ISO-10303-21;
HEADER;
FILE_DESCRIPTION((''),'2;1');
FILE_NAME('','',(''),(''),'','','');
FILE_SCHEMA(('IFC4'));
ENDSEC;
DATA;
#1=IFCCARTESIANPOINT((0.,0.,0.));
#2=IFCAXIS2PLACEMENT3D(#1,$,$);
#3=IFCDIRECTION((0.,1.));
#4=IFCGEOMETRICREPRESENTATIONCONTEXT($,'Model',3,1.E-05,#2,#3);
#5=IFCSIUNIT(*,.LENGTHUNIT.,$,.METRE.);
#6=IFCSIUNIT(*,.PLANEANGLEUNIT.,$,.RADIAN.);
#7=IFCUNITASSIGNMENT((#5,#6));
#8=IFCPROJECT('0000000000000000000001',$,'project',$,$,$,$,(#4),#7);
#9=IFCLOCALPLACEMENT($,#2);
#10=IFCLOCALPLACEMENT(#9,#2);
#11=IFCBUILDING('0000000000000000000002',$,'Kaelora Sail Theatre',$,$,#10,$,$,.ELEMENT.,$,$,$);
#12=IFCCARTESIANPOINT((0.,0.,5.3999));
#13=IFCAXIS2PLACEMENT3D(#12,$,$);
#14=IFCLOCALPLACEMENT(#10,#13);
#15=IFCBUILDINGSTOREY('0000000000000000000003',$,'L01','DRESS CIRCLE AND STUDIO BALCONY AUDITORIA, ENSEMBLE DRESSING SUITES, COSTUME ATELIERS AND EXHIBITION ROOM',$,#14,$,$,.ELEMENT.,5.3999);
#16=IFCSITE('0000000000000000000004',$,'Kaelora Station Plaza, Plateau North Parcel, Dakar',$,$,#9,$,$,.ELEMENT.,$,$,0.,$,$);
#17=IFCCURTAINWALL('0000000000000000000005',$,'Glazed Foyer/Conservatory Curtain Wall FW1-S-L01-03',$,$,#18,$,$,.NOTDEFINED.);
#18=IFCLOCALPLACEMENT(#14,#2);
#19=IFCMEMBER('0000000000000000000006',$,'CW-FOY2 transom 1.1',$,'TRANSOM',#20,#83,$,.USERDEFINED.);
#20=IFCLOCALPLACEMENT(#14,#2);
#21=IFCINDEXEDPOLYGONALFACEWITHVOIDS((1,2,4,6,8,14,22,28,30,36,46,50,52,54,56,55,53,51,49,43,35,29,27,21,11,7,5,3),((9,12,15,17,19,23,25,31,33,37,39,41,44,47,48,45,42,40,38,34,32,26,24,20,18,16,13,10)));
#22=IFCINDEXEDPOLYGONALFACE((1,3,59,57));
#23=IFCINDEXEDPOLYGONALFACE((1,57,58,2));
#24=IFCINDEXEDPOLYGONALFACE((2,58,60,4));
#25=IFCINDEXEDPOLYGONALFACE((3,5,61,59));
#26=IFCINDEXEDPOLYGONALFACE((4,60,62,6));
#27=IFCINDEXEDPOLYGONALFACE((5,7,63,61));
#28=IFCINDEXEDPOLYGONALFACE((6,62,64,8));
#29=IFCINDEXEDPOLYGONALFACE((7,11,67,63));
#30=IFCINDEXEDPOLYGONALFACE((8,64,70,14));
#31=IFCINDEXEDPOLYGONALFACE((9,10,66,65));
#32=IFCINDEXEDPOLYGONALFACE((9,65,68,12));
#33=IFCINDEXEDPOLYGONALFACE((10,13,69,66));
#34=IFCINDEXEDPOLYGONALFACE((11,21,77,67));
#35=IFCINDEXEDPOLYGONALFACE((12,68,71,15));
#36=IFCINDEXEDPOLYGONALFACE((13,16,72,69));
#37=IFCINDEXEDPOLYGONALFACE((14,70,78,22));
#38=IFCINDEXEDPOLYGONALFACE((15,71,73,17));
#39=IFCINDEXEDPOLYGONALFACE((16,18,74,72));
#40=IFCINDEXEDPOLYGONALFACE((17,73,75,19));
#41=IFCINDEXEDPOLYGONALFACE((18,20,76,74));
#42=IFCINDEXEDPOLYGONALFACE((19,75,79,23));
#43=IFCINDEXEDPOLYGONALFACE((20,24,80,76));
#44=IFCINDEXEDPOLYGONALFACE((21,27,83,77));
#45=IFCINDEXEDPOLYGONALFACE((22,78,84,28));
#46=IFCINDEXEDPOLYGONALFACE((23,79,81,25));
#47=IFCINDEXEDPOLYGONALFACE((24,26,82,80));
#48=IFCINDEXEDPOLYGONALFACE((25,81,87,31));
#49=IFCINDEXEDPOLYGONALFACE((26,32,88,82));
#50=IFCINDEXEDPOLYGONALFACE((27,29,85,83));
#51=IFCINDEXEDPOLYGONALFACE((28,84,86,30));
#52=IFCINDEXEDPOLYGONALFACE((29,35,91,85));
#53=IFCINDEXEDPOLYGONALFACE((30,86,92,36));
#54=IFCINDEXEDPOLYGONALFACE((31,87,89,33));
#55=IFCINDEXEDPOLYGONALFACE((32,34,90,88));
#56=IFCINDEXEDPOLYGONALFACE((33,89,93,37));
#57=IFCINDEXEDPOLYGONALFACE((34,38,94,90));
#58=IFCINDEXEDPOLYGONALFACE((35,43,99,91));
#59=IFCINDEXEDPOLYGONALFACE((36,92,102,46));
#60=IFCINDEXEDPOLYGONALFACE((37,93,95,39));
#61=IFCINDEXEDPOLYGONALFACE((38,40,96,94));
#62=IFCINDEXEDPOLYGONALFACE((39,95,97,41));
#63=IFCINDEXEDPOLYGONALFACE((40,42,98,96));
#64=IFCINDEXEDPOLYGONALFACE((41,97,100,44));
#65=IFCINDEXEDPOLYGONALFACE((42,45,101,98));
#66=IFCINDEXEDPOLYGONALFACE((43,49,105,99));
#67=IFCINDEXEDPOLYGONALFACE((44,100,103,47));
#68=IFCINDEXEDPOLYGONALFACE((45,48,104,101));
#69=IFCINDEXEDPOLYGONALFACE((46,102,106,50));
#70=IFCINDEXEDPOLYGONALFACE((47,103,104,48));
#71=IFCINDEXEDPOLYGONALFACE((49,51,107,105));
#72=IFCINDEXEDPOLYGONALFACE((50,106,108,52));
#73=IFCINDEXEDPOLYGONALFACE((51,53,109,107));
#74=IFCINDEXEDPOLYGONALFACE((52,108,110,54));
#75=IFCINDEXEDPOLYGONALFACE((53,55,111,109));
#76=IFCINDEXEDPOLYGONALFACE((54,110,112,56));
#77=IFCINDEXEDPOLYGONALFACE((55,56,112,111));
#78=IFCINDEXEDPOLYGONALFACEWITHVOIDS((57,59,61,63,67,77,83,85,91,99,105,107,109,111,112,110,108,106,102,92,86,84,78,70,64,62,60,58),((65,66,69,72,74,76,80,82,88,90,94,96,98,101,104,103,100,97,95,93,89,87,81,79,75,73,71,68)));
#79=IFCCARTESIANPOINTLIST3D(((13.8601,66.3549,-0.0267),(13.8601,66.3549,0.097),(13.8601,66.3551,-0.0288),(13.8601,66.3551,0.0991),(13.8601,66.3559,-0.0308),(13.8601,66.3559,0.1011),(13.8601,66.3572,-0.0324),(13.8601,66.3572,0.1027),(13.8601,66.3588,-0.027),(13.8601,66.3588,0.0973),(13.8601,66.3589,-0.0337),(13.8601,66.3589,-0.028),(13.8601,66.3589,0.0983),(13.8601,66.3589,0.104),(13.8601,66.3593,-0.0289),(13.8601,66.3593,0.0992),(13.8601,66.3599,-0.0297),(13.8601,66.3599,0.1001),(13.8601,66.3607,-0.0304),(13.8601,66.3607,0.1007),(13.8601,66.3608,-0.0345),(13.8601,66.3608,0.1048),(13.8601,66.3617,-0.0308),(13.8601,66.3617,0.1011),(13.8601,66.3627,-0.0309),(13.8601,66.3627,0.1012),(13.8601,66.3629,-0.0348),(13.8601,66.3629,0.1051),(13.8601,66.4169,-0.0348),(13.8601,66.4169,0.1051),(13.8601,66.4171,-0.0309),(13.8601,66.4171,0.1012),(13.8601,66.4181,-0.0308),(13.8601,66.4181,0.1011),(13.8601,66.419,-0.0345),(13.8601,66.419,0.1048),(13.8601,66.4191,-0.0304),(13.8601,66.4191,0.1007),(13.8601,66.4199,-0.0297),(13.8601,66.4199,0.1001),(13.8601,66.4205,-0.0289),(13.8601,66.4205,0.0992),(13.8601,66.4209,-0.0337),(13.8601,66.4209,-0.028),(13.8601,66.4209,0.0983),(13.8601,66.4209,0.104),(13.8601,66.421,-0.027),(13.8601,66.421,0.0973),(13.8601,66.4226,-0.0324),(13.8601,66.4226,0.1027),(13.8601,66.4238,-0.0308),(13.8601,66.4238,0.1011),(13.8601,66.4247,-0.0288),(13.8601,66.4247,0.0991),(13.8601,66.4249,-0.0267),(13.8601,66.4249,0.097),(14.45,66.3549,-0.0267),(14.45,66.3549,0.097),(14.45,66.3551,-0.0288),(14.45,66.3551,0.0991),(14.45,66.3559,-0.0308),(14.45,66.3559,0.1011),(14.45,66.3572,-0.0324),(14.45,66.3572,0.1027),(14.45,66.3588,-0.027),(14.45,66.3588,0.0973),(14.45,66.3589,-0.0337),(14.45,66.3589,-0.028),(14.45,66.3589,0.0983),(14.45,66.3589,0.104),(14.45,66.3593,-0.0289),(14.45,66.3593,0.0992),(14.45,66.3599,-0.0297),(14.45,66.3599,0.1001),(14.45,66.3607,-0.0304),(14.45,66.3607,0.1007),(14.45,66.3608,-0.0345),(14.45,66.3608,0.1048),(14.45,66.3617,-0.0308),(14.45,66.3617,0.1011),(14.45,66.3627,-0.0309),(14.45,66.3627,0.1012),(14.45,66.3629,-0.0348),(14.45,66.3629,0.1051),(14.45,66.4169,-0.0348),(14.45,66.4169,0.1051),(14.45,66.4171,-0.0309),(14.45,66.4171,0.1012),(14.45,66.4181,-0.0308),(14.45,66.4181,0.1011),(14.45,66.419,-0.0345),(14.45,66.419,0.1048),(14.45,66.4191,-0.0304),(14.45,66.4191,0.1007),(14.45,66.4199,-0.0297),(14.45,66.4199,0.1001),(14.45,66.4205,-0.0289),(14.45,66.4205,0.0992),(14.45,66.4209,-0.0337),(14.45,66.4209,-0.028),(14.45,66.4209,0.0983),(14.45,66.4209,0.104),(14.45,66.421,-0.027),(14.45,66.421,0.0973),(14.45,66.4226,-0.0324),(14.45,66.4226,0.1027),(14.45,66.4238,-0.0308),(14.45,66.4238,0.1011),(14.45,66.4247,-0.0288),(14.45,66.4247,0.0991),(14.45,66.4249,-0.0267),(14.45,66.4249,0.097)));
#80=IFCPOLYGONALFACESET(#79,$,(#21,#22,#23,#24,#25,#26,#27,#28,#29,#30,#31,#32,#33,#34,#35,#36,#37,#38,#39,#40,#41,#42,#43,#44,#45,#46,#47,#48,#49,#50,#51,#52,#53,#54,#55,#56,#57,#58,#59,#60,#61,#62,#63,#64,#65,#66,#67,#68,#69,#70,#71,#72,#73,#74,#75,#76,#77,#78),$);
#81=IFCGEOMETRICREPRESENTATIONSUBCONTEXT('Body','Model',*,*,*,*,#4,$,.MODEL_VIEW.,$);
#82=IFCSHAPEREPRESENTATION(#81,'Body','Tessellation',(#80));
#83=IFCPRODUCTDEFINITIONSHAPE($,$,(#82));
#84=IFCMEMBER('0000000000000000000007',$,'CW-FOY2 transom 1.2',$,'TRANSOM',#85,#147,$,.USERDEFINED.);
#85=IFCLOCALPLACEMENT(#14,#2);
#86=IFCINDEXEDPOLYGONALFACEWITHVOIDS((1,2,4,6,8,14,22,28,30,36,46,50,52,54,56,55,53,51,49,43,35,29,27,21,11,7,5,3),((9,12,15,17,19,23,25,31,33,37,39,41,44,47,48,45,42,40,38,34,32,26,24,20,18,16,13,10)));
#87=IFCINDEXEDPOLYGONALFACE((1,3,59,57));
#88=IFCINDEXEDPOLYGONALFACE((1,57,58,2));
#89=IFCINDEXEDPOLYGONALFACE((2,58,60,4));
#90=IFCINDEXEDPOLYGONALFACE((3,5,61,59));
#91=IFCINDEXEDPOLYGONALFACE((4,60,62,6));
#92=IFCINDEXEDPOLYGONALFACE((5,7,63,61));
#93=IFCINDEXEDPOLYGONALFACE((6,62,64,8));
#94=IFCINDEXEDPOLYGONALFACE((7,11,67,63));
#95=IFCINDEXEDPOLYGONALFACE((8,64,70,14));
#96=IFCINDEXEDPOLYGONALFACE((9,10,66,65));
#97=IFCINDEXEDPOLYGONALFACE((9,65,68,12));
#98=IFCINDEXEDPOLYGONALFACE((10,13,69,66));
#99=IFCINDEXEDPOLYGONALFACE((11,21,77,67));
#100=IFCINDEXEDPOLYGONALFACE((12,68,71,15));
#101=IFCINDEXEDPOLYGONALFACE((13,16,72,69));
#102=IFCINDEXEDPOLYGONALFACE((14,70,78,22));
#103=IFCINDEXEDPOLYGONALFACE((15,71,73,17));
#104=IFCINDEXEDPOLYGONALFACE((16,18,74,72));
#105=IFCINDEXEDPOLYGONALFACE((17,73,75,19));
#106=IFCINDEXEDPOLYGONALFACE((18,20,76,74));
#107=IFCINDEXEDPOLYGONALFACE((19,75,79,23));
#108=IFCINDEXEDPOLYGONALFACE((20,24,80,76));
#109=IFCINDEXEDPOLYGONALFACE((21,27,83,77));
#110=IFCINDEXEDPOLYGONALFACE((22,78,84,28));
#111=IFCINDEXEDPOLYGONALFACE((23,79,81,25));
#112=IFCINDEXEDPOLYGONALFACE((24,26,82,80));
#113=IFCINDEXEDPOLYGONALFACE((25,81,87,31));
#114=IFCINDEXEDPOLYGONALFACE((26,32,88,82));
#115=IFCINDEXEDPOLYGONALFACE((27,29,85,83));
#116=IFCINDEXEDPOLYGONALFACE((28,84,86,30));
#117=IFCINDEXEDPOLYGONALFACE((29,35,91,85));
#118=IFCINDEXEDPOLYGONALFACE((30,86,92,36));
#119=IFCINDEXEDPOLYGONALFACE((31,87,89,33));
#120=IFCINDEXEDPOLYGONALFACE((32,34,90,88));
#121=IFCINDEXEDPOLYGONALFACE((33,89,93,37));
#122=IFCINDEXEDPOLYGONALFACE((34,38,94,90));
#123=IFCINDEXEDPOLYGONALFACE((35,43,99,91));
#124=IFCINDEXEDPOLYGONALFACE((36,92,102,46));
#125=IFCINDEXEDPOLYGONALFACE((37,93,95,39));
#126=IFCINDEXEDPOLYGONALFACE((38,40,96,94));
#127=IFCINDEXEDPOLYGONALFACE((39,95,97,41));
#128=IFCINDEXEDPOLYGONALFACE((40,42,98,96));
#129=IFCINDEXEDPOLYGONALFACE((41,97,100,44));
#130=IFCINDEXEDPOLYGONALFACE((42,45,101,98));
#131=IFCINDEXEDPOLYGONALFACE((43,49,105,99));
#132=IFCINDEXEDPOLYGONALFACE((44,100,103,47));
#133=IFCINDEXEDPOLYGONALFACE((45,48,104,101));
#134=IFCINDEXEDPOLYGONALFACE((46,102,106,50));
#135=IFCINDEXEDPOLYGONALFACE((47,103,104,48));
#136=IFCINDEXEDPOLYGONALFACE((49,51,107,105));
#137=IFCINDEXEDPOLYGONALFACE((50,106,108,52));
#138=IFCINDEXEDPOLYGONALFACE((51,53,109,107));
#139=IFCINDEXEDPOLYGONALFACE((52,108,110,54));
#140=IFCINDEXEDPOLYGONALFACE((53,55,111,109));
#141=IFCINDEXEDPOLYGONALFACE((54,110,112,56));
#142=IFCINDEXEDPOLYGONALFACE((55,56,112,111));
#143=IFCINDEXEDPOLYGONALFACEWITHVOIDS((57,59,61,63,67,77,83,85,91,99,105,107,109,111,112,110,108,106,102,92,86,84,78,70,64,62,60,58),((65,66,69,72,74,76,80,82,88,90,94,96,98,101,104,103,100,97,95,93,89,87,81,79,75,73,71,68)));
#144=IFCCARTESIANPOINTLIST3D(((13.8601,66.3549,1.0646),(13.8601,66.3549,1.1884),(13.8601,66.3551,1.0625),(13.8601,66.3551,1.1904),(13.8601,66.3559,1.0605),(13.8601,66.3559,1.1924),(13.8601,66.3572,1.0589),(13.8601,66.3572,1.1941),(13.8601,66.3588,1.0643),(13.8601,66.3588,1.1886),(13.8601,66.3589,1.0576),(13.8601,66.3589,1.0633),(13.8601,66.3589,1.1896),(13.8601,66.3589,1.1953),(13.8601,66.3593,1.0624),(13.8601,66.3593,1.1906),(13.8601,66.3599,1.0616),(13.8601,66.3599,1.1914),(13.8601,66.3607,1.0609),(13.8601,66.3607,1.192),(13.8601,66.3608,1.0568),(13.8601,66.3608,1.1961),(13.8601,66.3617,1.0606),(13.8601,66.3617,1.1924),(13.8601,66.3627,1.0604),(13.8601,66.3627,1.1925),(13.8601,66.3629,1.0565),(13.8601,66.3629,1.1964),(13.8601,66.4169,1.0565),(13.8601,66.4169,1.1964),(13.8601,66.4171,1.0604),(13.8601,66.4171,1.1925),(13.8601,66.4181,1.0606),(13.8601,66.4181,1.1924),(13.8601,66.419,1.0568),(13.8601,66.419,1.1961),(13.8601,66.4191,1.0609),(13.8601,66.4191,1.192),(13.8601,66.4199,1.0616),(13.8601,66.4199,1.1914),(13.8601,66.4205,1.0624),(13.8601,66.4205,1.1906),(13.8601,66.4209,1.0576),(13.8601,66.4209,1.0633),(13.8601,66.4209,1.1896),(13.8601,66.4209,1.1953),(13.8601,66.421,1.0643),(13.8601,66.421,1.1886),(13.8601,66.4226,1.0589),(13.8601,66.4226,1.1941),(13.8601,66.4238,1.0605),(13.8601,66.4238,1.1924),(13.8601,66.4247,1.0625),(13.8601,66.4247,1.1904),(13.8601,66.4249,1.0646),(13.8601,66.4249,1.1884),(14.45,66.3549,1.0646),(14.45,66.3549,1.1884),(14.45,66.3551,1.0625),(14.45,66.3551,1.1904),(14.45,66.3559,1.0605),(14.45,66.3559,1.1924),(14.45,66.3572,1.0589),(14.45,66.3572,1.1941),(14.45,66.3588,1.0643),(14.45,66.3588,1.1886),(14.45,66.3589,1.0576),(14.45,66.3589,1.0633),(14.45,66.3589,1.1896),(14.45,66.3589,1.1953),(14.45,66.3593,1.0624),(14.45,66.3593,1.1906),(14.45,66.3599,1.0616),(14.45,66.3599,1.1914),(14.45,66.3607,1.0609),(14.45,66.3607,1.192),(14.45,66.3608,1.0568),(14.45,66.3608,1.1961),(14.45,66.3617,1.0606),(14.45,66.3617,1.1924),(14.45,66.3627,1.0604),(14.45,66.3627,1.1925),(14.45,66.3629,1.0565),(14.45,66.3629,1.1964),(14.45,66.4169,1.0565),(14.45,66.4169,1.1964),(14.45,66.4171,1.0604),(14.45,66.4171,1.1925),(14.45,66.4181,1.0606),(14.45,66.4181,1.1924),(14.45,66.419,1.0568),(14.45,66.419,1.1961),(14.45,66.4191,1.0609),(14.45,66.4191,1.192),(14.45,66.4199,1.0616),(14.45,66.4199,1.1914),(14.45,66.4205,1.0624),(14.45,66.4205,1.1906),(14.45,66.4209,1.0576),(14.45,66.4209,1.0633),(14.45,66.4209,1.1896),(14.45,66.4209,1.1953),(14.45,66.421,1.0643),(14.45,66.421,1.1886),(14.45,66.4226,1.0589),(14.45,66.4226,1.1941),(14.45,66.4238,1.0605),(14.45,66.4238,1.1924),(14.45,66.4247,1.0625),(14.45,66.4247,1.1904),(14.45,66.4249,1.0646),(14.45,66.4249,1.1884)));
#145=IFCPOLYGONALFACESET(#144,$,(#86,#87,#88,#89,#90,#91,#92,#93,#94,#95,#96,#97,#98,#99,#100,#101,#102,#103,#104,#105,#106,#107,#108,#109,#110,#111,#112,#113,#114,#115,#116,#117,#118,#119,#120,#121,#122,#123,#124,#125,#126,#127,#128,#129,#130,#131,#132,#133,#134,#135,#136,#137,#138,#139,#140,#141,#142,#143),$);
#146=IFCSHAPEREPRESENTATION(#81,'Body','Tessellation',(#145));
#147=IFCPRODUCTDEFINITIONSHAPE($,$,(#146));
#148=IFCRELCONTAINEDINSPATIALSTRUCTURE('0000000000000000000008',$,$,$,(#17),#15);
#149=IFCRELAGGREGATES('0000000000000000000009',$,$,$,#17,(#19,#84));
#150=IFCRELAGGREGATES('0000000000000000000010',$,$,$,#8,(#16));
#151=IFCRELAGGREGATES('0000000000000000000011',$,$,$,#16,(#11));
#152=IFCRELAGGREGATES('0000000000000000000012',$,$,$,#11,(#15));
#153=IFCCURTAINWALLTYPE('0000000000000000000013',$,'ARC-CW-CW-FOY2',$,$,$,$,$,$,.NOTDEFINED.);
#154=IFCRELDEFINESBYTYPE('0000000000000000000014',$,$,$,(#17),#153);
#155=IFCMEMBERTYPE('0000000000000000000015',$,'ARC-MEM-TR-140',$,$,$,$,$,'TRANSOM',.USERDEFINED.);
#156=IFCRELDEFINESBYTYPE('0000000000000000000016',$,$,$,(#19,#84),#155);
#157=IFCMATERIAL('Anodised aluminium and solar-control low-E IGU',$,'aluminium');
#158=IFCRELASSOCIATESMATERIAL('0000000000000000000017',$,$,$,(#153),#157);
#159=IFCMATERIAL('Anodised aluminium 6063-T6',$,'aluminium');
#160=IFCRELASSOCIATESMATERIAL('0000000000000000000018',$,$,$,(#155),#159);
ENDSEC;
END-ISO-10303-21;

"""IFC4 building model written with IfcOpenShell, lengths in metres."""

from ifc_helpers import new_model, si_unit, direction, frame, origin, origin_2d, place, context, subcontext, project, spatial, hollow_rectangle, extrude, material, material_profile, profile_set, type_object, element, aggregate, save


model = new_model("IFC4")

# Units and contexts
model_context = context("Model", 3, precision=1e-05, world=origin(), true_north=direction((0.0, 1.0)))
body_context = subcontext(model_context, "Body", "Model", "MODEL_VIEW")
ifc_project = project(units=[si_unit("LENGTHUNIT", "METRE"), si_unit("PLANEANGLEUNIT", "RADIAN")], contexts=[model_context])

# Site, building, storey
site_placement = place(None, origin())
site = spatial("IfcSite", under=ifc_project, at=site_placement, Name="Kaelora Station Plaza, Plateau North Parcel, Dakar", CompositionType="ELEMENT", RefElevation=0.0)
building_placement = place(site_placement, origin())
building = spatial("IfcBuilding", under=site, at=building_placement, Name="Kaelora Sail Theatre", CompositionType="ELEMENT")
storey_placement = place(building_placement, frame((0.0, 0.0, 5.3999)))
storey = spatial("IfcBuildingStorey", under=building, at=storey_placement, Name="L01", Description="DRESS CIRCLE AND STUDIO BALCONY AUDITORIA, ENSEMBLE DRESSING SUITES, COSTUME ATELIERS AND EXHIBITION ROOM", CompositionType="ELEMENT", Elevation=5.3999)

# Curtain wall
ifc_material_1 = material(Name="Anodised aluminium and solar-control low-E IGU", Category="aluminium")
curtain_wall_type = type_object("IfcCurtainWallType", Name="ARC-CW-CW-FOY2", PredefinedType="NOTDEFINED", material=ifc_material_1)
curtain_wall_1_placement = place(storey_placement, origin())
curtain_wall_1 = element("IfcCurtainWall", 1, at=curtain_wall_1_placement, inside=storey, type_object=curtain_wall_type, Name="Glazed Foyer/Conservatory Curtain Wall FW1-S-L01-03", PredefinedType="NOTDEFINED")

# Members
ifc_material_2 = material(Name="Anodised aluminium 6063-T6", Category="aluminium")
ifc_material_profile_1 = material_profile(ifc_material_2, hollow_rectangle(XDim=0.0701, YDim=0.1399, WallThickness=0.0039, InnerFilletRadius=0.0039, OuterFilletRadius=0.0081, at=origin_2d()), Name="ALU-TRAN 70x140x4")
ifc_profile_set_1 = profile_set([ifc_material_profile_1], Name="Anodised aluminium 6063-T6")
member_type_1 = type_object("IfcMemberType", Name="ARC-MEM-TR-140", ElementType="TRANSOM", PredefinedType="USERDEFINED", material=ifc_profile_set_1)
member_1_placement = place(storey_placement, frame((13.8601, 66.3899, 0.0352), z_axis=(1.0, 0.0, 0.0), x_axis=(0.0, 1.0, 0.0)))
member_1 = element("IfcMember", 2, at=member_1_placement, type_object=member_type_1, Name="CW-FOY2 transom 1.1", ObjectType="TRANSOM", PredefinedType="USERDEFINED", context=body_context, shape_type="SweptSolid", body=[
    extrude(hollow_rectangle(XDim=0.0701, YDim=0.1399, WallThickness=0.0039, InnerFilletRadius=0.0039, OuterFilletRadius=0.0081, at=origin_2d()), origin(), (0.0, 0.0, 1.0), 0.5898),
])
member_2_placement = place(storey_placement, frame((13.8601, 66.3899, 1.1265), z_axis=(1.0, 0.0, 0.0), x_axis=(0.0, 1.0, 0.0)))
member_2 = element("IfcMember", 3, at=member_2_placement, type_object=member_type_1, Name="CW-FOY2 transom 1.2", ObjectType="TRANSOM", PredefinedType="USERDEFINED", context=body_context, shape_type="SweptSolid", body=[
    extrude(hollow_rectangle(XDim=0.0701, YDim=0.1399, WallThickness=0.0039, InnerFilletRadius=0.0039, OuterFilletRadius=0.0081, at=origin_2d()), origin(), (0.0, 0.0, 1.0), 0.5898),
])

aggregate(curtain_wall_1, [member_1, member_2])

save(model, "model.ifc")
